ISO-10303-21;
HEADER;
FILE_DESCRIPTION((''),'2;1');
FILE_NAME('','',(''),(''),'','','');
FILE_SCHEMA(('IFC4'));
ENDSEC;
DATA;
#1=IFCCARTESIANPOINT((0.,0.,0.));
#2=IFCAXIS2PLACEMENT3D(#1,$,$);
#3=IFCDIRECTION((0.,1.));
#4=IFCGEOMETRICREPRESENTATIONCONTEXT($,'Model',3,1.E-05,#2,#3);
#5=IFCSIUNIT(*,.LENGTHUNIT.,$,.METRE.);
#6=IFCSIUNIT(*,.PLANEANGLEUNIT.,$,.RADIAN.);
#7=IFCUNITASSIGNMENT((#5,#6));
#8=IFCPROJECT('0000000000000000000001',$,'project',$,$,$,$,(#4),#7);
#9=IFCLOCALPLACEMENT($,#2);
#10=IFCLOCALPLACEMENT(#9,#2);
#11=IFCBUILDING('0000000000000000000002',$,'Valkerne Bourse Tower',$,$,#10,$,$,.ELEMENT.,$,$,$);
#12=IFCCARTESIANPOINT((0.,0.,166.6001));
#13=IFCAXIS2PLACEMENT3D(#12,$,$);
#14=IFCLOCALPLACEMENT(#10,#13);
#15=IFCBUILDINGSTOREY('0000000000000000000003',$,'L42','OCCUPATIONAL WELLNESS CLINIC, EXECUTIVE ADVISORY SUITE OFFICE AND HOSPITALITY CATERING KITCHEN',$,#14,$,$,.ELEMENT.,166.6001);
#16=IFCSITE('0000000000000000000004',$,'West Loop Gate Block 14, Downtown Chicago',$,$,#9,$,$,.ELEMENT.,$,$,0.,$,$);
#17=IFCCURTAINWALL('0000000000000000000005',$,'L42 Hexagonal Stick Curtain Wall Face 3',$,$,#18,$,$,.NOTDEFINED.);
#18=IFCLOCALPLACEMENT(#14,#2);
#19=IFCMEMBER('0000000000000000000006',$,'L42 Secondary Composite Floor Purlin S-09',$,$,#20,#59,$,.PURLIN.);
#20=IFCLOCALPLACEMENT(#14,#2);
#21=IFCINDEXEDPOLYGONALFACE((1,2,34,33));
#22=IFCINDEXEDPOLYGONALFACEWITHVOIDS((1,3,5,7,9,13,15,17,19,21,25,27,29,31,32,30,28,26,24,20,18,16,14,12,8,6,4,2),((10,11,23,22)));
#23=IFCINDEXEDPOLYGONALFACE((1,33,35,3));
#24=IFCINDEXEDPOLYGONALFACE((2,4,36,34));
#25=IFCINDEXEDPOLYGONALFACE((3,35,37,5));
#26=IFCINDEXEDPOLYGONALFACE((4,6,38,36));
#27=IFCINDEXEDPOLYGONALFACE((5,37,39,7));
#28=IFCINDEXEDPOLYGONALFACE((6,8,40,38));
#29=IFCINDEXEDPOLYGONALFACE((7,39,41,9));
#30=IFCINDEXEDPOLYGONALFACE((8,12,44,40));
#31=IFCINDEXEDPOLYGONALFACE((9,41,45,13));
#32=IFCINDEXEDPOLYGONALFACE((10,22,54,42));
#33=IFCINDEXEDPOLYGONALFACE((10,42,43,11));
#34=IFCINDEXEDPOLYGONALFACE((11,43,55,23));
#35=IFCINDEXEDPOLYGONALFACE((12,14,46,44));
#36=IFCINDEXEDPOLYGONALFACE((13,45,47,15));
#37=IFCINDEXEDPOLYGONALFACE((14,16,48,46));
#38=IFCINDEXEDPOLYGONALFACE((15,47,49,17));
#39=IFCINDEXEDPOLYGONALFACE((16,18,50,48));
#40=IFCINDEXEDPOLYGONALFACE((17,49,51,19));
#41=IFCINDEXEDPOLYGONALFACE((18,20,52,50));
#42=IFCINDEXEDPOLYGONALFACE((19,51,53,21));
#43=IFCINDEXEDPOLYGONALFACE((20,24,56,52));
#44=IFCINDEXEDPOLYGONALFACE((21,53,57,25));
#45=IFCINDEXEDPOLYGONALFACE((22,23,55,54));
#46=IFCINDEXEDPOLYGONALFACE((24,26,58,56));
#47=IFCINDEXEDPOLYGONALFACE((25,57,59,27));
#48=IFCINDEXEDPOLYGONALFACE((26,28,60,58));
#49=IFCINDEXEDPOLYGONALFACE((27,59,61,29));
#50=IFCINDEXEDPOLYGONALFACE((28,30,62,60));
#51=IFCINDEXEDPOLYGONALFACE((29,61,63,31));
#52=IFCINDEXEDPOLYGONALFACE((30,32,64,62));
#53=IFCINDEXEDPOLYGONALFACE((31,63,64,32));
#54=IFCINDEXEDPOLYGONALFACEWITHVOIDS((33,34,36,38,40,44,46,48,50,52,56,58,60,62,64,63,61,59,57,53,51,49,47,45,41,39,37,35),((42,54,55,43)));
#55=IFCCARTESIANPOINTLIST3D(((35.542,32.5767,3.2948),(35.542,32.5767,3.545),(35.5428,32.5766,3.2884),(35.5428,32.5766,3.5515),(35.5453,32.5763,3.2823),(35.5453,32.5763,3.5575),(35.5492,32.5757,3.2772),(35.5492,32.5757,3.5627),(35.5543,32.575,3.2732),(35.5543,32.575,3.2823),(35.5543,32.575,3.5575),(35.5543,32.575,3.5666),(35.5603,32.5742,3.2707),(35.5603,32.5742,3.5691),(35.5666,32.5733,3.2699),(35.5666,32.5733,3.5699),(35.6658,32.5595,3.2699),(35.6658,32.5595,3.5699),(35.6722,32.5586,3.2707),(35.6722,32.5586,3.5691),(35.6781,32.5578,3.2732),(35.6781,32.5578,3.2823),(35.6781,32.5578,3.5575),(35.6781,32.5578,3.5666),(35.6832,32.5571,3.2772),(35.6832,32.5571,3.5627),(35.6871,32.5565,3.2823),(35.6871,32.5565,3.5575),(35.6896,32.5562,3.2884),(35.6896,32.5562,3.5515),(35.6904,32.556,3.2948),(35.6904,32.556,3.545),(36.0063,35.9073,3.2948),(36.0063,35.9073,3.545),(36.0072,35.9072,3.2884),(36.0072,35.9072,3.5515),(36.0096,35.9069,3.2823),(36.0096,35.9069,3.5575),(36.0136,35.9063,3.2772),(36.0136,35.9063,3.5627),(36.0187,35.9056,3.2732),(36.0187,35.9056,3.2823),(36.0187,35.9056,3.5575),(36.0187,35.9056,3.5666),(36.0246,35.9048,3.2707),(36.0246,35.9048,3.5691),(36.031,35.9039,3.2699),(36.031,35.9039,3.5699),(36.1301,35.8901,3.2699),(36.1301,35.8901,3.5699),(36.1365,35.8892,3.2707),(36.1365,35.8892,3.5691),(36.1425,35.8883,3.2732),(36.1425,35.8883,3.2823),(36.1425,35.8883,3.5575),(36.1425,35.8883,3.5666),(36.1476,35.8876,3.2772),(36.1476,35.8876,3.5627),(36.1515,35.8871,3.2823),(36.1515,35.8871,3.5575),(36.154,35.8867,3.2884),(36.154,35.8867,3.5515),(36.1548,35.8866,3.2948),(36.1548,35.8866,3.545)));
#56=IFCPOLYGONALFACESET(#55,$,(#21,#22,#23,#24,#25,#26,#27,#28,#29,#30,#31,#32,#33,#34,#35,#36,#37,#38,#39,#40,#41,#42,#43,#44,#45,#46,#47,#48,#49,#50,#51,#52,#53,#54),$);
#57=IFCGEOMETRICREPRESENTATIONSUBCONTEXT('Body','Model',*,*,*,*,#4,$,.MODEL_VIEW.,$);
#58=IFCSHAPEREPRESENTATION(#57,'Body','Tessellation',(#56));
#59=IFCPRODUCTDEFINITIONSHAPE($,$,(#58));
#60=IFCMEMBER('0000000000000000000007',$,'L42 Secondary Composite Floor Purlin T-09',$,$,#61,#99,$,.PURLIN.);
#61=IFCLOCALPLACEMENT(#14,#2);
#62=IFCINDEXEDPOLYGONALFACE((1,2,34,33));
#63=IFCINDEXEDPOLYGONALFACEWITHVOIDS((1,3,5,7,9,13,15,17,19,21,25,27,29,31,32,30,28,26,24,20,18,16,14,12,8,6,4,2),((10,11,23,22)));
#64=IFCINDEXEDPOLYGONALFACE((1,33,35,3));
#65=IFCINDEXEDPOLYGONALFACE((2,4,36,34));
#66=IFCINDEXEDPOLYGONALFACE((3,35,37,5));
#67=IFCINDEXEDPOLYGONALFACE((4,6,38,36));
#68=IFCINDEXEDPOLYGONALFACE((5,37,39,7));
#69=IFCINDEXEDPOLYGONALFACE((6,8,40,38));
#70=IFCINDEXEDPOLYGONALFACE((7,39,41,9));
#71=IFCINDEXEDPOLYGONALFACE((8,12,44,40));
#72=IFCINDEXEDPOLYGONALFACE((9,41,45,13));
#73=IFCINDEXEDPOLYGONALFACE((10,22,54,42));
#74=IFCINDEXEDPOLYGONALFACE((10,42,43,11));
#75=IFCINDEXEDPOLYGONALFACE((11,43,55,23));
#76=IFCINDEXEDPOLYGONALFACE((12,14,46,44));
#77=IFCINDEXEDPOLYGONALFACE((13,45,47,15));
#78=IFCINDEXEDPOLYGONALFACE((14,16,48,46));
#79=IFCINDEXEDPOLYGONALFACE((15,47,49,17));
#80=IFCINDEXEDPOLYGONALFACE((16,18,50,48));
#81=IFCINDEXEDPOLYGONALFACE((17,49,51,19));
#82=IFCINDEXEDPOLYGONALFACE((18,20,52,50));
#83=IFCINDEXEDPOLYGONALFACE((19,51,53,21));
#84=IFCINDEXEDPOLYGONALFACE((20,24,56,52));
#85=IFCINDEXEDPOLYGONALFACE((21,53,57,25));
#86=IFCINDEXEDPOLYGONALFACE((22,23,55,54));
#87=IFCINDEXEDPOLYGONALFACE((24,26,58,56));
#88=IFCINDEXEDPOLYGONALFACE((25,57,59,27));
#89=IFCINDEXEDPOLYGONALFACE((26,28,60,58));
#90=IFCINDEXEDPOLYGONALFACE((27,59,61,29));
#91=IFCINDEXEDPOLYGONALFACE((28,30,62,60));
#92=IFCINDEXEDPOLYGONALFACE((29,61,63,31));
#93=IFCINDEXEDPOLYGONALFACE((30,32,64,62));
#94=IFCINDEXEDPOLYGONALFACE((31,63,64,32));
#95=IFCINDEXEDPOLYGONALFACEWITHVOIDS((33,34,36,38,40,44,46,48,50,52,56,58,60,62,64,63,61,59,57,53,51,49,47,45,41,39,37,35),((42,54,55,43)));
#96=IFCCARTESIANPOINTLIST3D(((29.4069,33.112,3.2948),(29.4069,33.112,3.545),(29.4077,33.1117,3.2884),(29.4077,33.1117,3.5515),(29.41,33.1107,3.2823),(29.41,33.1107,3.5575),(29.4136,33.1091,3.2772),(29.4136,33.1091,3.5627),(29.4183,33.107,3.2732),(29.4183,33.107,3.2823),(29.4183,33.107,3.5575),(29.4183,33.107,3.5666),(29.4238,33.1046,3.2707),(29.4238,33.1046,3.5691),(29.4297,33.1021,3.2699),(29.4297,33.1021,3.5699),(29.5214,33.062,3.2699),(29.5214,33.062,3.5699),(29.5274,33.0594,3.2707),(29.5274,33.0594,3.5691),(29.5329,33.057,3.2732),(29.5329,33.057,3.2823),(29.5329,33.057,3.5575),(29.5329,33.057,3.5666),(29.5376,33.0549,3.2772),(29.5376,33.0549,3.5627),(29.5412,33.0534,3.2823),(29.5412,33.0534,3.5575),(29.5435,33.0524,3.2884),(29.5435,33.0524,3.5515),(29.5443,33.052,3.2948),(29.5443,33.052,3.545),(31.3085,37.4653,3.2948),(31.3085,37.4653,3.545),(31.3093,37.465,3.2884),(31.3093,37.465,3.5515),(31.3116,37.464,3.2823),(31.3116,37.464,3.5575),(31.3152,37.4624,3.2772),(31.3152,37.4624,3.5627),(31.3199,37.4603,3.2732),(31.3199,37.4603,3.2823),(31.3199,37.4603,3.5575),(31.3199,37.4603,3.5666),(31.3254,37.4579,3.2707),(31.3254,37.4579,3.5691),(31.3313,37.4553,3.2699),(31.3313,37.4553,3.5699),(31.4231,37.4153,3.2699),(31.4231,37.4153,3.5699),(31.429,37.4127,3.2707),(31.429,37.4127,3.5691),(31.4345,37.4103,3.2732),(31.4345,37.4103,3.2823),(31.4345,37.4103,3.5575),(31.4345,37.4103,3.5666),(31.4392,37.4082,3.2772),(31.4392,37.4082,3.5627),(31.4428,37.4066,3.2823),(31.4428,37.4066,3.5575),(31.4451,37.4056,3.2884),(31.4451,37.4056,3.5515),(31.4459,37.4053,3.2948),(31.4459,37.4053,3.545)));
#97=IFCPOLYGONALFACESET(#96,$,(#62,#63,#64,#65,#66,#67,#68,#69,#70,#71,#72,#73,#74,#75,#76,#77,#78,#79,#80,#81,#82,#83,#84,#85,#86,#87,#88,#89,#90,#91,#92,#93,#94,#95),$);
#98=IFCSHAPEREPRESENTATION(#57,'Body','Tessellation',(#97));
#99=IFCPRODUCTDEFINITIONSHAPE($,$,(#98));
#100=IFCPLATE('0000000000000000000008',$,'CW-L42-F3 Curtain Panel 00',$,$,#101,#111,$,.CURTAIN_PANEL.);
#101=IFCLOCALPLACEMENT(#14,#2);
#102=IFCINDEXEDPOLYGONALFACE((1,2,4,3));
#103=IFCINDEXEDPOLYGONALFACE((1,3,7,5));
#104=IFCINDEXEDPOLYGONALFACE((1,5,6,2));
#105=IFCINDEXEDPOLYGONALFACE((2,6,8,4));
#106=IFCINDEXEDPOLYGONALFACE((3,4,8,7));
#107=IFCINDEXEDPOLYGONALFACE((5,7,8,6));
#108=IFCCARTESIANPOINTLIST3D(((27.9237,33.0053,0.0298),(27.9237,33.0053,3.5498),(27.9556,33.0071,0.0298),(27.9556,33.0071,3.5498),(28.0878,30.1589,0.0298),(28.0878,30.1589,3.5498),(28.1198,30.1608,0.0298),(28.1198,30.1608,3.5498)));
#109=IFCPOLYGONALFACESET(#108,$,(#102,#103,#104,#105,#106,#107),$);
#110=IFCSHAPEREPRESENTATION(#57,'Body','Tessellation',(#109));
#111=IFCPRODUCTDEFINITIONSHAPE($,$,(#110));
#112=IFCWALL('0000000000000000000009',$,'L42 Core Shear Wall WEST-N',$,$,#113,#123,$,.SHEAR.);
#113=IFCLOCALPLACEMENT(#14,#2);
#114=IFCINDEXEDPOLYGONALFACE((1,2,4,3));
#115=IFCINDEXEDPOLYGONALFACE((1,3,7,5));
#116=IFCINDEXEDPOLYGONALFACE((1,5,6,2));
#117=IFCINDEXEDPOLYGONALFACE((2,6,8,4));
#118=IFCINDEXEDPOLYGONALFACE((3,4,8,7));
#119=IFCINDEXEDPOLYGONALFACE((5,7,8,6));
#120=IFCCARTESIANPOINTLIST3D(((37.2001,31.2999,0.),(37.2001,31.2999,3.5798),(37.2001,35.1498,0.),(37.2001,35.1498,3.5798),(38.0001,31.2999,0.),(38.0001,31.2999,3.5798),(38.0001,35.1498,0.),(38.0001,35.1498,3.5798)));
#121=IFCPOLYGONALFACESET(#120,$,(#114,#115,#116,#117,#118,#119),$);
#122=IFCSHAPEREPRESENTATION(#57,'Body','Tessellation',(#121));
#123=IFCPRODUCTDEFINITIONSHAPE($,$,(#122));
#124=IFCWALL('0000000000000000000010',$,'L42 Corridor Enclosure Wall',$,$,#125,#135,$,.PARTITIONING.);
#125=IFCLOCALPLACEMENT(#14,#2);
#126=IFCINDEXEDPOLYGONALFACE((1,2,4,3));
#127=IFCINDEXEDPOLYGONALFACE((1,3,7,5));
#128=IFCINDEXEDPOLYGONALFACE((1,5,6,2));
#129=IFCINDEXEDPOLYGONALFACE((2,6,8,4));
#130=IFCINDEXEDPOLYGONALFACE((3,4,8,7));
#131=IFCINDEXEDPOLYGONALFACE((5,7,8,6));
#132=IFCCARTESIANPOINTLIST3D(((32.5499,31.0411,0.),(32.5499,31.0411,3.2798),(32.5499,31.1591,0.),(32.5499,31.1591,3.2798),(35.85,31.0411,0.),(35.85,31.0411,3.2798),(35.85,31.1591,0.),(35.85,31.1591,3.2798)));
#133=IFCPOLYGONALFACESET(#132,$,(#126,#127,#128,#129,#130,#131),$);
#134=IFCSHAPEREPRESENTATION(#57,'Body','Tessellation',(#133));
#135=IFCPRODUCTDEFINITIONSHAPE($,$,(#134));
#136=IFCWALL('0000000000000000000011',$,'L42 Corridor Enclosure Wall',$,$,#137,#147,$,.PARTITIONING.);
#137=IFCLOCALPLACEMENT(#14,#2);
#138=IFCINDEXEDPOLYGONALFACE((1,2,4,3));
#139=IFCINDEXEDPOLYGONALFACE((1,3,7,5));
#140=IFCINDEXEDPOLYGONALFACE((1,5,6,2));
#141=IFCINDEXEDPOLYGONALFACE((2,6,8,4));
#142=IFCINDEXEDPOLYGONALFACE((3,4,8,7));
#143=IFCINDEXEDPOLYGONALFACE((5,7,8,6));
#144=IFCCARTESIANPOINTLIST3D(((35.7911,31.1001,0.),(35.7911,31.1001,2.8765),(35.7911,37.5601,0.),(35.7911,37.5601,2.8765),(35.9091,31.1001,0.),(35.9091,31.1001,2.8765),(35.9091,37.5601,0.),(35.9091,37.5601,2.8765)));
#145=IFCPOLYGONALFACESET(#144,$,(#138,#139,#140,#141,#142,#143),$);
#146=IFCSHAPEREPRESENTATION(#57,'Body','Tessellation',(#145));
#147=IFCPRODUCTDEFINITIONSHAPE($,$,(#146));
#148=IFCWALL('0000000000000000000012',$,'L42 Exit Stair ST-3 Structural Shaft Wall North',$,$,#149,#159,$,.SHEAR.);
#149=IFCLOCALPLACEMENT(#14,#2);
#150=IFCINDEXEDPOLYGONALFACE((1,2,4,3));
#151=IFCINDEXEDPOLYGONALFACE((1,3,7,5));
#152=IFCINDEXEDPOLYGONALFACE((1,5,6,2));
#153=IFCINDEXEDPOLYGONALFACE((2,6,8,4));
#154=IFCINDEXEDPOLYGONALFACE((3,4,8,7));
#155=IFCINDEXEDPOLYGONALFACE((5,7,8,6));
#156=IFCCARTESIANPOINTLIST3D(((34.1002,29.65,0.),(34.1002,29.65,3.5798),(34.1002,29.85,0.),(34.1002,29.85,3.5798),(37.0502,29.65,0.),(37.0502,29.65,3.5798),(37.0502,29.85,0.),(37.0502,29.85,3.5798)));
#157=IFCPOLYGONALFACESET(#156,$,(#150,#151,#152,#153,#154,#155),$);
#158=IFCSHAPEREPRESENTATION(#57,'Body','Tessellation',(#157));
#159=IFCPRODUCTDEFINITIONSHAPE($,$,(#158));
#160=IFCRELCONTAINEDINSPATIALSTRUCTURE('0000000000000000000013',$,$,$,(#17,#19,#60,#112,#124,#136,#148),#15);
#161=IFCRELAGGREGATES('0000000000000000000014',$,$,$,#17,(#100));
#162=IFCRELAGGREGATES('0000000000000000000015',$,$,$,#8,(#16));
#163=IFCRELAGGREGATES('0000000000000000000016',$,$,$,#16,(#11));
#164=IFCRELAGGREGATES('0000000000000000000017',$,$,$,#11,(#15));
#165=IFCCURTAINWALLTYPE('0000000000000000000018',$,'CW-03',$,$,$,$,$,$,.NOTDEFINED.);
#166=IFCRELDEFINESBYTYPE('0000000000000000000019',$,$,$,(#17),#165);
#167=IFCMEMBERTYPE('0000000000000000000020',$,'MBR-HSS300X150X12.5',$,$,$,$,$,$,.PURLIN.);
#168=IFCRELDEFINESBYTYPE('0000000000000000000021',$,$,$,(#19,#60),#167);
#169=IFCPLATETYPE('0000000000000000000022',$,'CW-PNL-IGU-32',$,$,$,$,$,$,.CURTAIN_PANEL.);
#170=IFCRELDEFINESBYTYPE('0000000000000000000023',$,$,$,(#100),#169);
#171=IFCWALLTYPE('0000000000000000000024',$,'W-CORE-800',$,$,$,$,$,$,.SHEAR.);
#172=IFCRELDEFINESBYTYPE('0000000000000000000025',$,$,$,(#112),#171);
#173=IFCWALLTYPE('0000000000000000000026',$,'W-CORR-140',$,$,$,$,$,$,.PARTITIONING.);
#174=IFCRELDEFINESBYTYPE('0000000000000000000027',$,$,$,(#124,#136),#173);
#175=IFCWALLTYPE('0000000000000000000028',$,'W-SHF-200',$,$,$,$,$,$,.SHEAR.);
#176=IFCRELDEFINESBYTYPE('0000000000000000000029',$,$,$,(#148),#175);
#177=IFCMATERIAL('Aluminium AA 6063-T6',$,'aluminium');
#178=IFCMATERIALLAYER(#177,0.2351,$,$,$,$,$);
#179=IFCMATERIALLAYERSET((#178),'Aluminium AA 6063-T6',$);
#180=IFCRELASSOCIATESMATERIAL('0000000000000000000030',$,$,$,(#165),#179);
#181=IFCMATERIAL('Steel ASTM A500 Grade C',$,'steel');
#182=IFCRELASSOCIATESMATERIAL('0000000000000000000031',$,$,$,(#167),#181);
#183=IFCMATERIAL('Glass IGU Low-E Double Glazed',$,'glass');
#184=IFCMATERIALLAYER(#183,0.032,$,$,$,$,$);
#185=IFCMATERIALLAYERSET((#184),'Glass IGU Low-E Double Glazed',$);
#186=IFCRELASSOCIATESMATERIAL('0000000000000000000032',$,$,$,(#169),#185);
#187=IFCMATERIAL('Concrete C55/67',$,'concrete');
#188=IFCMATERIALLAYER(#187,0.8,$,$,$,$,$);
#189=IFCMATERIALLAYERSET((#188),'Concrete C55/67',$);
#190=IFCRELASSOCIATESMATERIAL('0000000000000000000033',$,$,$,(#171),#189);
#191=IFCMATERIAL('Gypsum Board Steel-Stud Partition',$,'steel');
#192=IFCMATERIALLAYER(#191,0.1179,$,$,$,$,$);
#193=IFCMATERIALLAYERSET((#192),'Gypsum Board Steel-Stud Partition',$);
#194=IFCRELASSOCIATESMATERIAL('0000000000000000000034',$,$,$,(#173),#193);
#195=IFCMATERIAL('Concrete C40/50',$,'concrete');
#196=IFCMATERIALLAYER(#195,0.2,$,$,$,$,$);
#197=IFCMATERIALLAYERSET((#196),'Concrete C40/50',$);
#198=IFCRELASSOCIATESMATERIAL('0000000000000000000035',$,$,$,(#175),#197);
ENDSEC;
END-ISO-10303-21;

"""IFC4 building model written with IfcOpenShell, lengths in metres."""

from ifc_helpers import new_model, si_unit, direction, frame, frame_2d, origin, origin_2d, place, context, subcontext, project, spatial, rectangle, hollow_rectangle, extrude, material, layer, layer_set, material_profile, profile_set, type_object, element, aggregate, save


model = new_model("IFC4")

# Units and contexts
model_context = context("Model", 3, precision=1e-05, world=origin(), true_north=direction((0.0, 1.0)))
body_context = subcontext(model_context, "Body", "Model", "MODEL_VIEW")
ifc_project = project(units=[si_unit("LENGTHUNIT", "METRE"), si_unit("PLANEANGLEUNIT", "RADIAN")], contexts=[model_context])

# Site, building, storey
site_placement = place(None, origin())
site = spatial("IfcSite", under=ifc_project, at=site_placement, Name="West Loop Gate Block 14, Downtown Chicago", CompositionType="ELEMENT", RefElevation=0.0)
building_placement = place(site_placement, origin())
building = spatial("IfcBuilding", under=site, at=building_placement, Name="Valkerne Bourse Tower", CompositionType="ELEMENT")
storey_placement = place(building_placement, frame((0.0, 0.0, 166.6001)))
storey = spatial("IfcBuildingStorey", under=building, at=storey_placement, Name="L42", Description="OCCUPATIONAL WELLNESS CLINIC, EXECUTIVE ADVISORY SUITE OFFICE AND HOSPITALITY CATERING KITCHEN", CompositionType="ELEMENT", Elevation=166.6001)

# Curtain wall
ifc_material_1 = material(Name="Aluminium AA 6063-T6", Category="aluminium")
ifc_layer_1 = layer(ifc_material_1, 0.2351)
ifc_layer_set_1 = layer_set([ifc_layer_1], Name="Aluminium AA 6063-T6")
curtain_wall_type = type_object("IfcCurtainWallType", Name="CW-03", PredefinedType="NOTDEFINED", material=ifc_layer_set_1)
curtain_wall_placement = place(storey_placement, origin())
curtain_wall = element("IfcCurtainWall", 1, at=curtain_wall_placement, inside=storey, type_object=curtain_wall_type, Name="L42 Hexagonal Stick Curtain Wall Face 3", PredefinedType="NOTDEFINED")

# Members
ifc_material_2 = material(Name="Steel ASTM A500 Grade C", Category="steel")
ifc_material_profile_1 = material_profile(ifc_material_2, hollow_rectangle(XDim=0.1499, YDim=0.3, WallThickness=0.0125, OuterFilletRadius=0.0249, at=origin_2d()), Name="HSS300X150X12.5")
ifc_profile_set_1 = profile_set([ifc_material_profile_1], Name="Steel ASTM A500 Grade C")
member_type_1 = type_object("IfcMemberType", Name="MBR-HSS300X150X12.5", PredefinedType="PURLIN", material=ifc_profile_set_1)
member_1_placement = place(storey_placement, frame((36.0806, 35.897, 3.4199), z_axis=(-0.138087, -0.99042, 0.0), x_axis=(0.99042, -0.138087, 0.0)))
element("IfcMember", 2, at=member_1_placement, inside=storey, type_object=member_type_1, Name="L42 Secondary Composite Floor Purlin S-09", PredefinedType="PURLIN", context=body_context, shape_type="SweptSolid", body=[
    extrude(hollow_rectangle(XDim=0.1499, YDim=0.3, WallThickness=0.0125, OuterFilletRadius=0.0249, at=origin_2d()), origin(), (0.0, 0.0, 1.0), 3.3628),
])
member_2_placement = place(storey_placement, frame((31.3772, 37.4353, 3.4199), z_axis=(-0.400298, -0.916385, 0.0), x_axis=(0.916385, -0.400298, 0.0)))
element("IfcMember", 3, at=member_2_placement, inside=storey, type_object=member_type_1, Name="L42 Secondary Composite Floor Purlin T-09", PredefinedType="PURLIN", context=body_context, shape_type="SweptSolid", body=[
    extrude(hollow_rectangle(XDim=0.1499, YDim=0.3, WallThickness=0.0125, OuterFilletRadius=0.0249, at=origin_2d()), origin(), (0.0, 0.0, 1.0), 4.7505),
])

# Plate
ifc_material_3 = material(Name="Glass IGU Low-E Double Glazed", Category="glass")
ifc_layer_2 = layer(ifc_material_3, 0.032)
ifc_layer_set_2 = layer_set([ifc_layer_2], Name="Glass IGU Low-E Double Glazed")
plate_type = type_object("IfcPlateType", Name="CW-PNL-IGU-32", PredefinedType="CURTAIN_PANEL", material=ifc_layer_set_2)
plate_placement = place(storey_placement, frame((28.0217, 31.583, 0.0298), z_axis=(0.0, 0.0, 1.0), x_axis=(0.05757, -0.998341, 0.0)))
plate = element("IfcPlate", 4, at=plate_placement, type_object=plate_type, Name="CW-L42-F3 Curtain Panel 00", PredefinedType="CURTAIN_PANEL", context=body_context, shape_type="SweptSolid", body=[
    extrude(rectangle(XDim=2.8511, YDim=0.032, at=origin_2d()), origin(), (0.0, 0.0, 1.0), 3.52),
])
aggregate(curtain_wall, [plate])

# Shared definitions
ifc_material_4 = material(Name="Concrete C55/67", Category="concrete")
ifc_layer_3 = layer(ifc_material_4, 0.8)
ifc_layer_set_3 = layer_set([ifc_layer_3], Name="Concrete C55/67")
wall_type_1 = type_object("IfcWallType", Name="W-CORE-800", PredefinedType="SHEAR", material=ifc_layer_set_3)

# Walls
wall_1_placement = place(storey_placement, frame((37.6001, 31.3, 0.0), z_axis=(0.0, 0.0, 1.0), x_axis=(0.0, 1.0, 0.0)))
element("IfcWall", 5, at=wall_1_placement, inside=storey, type_object=wall_type_1, Name="L42 Core Shear Wall WEST-N", PredefinedType="SHEAR", context=body_context, shape_type="SweptSolid", body=[
    extrude(rectangle(XDim=3.8499, YDim=0.8, at=frame_2d((1.9248, 0.0))), origin(), (0.0, 0.0, 1.0), 3.5798),
])
ifc_material_5 = material(Name="Gypsum Board Steel-Stud Partition", Category="steel")
ifc_layer_4 = layer(ifc_material_5, 0.1179)
ifc_layer_set_4 = layer_set([ifc_layer_4], Name="Gypsum Board Steel-Stud Partition")
wall_type_2 = type_object("IfcWallType", Name="W-CORR-140", PredefinedType="PARTITIONING", material=ifc_layer_set_4)
wall_2_placement = place(storey_placement, frame((32.55, 31.1001, 0.0), z_axis=(0.0, 0.0, 1.0), x_axis=(1.0, 0.0, 0.0)))
element("IfcWall", 6, at=wall_2_placement, inside=storey, type_object=wall_type_2, Name="L42 Corridor Enclosure Wall", PredefinedType="PARTITIONING", context=body_context, shape_type="SweptSolid", body=[
    extrude(rectangle(XDim=3.3, YDim=0.1179, at=frame_2d((1.6499, 0.0))), origin(), (0.0, 0.0, 1.0), 3.2798),
])
wall_3_placement = place(storey_placement, frame((35.8501, 31.1001, 0.0), z_axis=(0.0, 0.0, 1.0), x_axis=(0.0, 1.0, 0.0)))
element("IfcWall", 7, at=wall_3_placement, inside=storey, type_object=wall_type_2, Name="L42 Corridor Enclosure Wall", PredefinedType="PARTITIONING", context=body_context, shape_type="SweptSolid", body=[
    extrude(rectangle(XDim=6.46, YDim=0.1179, at=frame_2d((3.23, 0.0))), origin(), (0.0, 0.0, 1.0), 2.8765),
])
ifc_material_6 = material(Name="Concrete C40/50", Category="concrete")
ifc_layer_5 = layer(ifc_material_6, 0.2)
ifc_layer_set_5 = layer_set([ifc_layer_5], Name="Concrete C40/50")
wall_type_3 = type_object("IfcWallType", Name="W-SHF-200", PredefinedType="SHEAR", material=ifc_layer_set_5)
wall_4_placement = place(storey_placement, frame((34.1001, 29.75, 0.0), z_axis=(0.0, 0.0, 1.0), x_axis=(1.0, 0.0, 0.0)))
element("IfcWall", 8, at=wall_4_placement, inside=storey, type_object=wall_type_3, Name="L42 Exit Stair ST-3 Structural Shaft Wall North", PredefinedType="SHEAR", context=body_context, shape_type="SweptSolid", body=[
    extrude(rectangle(XDim=2.95, YDim=0.2, at=frame_2d((1.4751, 0.0))), origin(), (0.0, 0.0, 1.0), 3.5798),
])

save(model, "model.ifc")
